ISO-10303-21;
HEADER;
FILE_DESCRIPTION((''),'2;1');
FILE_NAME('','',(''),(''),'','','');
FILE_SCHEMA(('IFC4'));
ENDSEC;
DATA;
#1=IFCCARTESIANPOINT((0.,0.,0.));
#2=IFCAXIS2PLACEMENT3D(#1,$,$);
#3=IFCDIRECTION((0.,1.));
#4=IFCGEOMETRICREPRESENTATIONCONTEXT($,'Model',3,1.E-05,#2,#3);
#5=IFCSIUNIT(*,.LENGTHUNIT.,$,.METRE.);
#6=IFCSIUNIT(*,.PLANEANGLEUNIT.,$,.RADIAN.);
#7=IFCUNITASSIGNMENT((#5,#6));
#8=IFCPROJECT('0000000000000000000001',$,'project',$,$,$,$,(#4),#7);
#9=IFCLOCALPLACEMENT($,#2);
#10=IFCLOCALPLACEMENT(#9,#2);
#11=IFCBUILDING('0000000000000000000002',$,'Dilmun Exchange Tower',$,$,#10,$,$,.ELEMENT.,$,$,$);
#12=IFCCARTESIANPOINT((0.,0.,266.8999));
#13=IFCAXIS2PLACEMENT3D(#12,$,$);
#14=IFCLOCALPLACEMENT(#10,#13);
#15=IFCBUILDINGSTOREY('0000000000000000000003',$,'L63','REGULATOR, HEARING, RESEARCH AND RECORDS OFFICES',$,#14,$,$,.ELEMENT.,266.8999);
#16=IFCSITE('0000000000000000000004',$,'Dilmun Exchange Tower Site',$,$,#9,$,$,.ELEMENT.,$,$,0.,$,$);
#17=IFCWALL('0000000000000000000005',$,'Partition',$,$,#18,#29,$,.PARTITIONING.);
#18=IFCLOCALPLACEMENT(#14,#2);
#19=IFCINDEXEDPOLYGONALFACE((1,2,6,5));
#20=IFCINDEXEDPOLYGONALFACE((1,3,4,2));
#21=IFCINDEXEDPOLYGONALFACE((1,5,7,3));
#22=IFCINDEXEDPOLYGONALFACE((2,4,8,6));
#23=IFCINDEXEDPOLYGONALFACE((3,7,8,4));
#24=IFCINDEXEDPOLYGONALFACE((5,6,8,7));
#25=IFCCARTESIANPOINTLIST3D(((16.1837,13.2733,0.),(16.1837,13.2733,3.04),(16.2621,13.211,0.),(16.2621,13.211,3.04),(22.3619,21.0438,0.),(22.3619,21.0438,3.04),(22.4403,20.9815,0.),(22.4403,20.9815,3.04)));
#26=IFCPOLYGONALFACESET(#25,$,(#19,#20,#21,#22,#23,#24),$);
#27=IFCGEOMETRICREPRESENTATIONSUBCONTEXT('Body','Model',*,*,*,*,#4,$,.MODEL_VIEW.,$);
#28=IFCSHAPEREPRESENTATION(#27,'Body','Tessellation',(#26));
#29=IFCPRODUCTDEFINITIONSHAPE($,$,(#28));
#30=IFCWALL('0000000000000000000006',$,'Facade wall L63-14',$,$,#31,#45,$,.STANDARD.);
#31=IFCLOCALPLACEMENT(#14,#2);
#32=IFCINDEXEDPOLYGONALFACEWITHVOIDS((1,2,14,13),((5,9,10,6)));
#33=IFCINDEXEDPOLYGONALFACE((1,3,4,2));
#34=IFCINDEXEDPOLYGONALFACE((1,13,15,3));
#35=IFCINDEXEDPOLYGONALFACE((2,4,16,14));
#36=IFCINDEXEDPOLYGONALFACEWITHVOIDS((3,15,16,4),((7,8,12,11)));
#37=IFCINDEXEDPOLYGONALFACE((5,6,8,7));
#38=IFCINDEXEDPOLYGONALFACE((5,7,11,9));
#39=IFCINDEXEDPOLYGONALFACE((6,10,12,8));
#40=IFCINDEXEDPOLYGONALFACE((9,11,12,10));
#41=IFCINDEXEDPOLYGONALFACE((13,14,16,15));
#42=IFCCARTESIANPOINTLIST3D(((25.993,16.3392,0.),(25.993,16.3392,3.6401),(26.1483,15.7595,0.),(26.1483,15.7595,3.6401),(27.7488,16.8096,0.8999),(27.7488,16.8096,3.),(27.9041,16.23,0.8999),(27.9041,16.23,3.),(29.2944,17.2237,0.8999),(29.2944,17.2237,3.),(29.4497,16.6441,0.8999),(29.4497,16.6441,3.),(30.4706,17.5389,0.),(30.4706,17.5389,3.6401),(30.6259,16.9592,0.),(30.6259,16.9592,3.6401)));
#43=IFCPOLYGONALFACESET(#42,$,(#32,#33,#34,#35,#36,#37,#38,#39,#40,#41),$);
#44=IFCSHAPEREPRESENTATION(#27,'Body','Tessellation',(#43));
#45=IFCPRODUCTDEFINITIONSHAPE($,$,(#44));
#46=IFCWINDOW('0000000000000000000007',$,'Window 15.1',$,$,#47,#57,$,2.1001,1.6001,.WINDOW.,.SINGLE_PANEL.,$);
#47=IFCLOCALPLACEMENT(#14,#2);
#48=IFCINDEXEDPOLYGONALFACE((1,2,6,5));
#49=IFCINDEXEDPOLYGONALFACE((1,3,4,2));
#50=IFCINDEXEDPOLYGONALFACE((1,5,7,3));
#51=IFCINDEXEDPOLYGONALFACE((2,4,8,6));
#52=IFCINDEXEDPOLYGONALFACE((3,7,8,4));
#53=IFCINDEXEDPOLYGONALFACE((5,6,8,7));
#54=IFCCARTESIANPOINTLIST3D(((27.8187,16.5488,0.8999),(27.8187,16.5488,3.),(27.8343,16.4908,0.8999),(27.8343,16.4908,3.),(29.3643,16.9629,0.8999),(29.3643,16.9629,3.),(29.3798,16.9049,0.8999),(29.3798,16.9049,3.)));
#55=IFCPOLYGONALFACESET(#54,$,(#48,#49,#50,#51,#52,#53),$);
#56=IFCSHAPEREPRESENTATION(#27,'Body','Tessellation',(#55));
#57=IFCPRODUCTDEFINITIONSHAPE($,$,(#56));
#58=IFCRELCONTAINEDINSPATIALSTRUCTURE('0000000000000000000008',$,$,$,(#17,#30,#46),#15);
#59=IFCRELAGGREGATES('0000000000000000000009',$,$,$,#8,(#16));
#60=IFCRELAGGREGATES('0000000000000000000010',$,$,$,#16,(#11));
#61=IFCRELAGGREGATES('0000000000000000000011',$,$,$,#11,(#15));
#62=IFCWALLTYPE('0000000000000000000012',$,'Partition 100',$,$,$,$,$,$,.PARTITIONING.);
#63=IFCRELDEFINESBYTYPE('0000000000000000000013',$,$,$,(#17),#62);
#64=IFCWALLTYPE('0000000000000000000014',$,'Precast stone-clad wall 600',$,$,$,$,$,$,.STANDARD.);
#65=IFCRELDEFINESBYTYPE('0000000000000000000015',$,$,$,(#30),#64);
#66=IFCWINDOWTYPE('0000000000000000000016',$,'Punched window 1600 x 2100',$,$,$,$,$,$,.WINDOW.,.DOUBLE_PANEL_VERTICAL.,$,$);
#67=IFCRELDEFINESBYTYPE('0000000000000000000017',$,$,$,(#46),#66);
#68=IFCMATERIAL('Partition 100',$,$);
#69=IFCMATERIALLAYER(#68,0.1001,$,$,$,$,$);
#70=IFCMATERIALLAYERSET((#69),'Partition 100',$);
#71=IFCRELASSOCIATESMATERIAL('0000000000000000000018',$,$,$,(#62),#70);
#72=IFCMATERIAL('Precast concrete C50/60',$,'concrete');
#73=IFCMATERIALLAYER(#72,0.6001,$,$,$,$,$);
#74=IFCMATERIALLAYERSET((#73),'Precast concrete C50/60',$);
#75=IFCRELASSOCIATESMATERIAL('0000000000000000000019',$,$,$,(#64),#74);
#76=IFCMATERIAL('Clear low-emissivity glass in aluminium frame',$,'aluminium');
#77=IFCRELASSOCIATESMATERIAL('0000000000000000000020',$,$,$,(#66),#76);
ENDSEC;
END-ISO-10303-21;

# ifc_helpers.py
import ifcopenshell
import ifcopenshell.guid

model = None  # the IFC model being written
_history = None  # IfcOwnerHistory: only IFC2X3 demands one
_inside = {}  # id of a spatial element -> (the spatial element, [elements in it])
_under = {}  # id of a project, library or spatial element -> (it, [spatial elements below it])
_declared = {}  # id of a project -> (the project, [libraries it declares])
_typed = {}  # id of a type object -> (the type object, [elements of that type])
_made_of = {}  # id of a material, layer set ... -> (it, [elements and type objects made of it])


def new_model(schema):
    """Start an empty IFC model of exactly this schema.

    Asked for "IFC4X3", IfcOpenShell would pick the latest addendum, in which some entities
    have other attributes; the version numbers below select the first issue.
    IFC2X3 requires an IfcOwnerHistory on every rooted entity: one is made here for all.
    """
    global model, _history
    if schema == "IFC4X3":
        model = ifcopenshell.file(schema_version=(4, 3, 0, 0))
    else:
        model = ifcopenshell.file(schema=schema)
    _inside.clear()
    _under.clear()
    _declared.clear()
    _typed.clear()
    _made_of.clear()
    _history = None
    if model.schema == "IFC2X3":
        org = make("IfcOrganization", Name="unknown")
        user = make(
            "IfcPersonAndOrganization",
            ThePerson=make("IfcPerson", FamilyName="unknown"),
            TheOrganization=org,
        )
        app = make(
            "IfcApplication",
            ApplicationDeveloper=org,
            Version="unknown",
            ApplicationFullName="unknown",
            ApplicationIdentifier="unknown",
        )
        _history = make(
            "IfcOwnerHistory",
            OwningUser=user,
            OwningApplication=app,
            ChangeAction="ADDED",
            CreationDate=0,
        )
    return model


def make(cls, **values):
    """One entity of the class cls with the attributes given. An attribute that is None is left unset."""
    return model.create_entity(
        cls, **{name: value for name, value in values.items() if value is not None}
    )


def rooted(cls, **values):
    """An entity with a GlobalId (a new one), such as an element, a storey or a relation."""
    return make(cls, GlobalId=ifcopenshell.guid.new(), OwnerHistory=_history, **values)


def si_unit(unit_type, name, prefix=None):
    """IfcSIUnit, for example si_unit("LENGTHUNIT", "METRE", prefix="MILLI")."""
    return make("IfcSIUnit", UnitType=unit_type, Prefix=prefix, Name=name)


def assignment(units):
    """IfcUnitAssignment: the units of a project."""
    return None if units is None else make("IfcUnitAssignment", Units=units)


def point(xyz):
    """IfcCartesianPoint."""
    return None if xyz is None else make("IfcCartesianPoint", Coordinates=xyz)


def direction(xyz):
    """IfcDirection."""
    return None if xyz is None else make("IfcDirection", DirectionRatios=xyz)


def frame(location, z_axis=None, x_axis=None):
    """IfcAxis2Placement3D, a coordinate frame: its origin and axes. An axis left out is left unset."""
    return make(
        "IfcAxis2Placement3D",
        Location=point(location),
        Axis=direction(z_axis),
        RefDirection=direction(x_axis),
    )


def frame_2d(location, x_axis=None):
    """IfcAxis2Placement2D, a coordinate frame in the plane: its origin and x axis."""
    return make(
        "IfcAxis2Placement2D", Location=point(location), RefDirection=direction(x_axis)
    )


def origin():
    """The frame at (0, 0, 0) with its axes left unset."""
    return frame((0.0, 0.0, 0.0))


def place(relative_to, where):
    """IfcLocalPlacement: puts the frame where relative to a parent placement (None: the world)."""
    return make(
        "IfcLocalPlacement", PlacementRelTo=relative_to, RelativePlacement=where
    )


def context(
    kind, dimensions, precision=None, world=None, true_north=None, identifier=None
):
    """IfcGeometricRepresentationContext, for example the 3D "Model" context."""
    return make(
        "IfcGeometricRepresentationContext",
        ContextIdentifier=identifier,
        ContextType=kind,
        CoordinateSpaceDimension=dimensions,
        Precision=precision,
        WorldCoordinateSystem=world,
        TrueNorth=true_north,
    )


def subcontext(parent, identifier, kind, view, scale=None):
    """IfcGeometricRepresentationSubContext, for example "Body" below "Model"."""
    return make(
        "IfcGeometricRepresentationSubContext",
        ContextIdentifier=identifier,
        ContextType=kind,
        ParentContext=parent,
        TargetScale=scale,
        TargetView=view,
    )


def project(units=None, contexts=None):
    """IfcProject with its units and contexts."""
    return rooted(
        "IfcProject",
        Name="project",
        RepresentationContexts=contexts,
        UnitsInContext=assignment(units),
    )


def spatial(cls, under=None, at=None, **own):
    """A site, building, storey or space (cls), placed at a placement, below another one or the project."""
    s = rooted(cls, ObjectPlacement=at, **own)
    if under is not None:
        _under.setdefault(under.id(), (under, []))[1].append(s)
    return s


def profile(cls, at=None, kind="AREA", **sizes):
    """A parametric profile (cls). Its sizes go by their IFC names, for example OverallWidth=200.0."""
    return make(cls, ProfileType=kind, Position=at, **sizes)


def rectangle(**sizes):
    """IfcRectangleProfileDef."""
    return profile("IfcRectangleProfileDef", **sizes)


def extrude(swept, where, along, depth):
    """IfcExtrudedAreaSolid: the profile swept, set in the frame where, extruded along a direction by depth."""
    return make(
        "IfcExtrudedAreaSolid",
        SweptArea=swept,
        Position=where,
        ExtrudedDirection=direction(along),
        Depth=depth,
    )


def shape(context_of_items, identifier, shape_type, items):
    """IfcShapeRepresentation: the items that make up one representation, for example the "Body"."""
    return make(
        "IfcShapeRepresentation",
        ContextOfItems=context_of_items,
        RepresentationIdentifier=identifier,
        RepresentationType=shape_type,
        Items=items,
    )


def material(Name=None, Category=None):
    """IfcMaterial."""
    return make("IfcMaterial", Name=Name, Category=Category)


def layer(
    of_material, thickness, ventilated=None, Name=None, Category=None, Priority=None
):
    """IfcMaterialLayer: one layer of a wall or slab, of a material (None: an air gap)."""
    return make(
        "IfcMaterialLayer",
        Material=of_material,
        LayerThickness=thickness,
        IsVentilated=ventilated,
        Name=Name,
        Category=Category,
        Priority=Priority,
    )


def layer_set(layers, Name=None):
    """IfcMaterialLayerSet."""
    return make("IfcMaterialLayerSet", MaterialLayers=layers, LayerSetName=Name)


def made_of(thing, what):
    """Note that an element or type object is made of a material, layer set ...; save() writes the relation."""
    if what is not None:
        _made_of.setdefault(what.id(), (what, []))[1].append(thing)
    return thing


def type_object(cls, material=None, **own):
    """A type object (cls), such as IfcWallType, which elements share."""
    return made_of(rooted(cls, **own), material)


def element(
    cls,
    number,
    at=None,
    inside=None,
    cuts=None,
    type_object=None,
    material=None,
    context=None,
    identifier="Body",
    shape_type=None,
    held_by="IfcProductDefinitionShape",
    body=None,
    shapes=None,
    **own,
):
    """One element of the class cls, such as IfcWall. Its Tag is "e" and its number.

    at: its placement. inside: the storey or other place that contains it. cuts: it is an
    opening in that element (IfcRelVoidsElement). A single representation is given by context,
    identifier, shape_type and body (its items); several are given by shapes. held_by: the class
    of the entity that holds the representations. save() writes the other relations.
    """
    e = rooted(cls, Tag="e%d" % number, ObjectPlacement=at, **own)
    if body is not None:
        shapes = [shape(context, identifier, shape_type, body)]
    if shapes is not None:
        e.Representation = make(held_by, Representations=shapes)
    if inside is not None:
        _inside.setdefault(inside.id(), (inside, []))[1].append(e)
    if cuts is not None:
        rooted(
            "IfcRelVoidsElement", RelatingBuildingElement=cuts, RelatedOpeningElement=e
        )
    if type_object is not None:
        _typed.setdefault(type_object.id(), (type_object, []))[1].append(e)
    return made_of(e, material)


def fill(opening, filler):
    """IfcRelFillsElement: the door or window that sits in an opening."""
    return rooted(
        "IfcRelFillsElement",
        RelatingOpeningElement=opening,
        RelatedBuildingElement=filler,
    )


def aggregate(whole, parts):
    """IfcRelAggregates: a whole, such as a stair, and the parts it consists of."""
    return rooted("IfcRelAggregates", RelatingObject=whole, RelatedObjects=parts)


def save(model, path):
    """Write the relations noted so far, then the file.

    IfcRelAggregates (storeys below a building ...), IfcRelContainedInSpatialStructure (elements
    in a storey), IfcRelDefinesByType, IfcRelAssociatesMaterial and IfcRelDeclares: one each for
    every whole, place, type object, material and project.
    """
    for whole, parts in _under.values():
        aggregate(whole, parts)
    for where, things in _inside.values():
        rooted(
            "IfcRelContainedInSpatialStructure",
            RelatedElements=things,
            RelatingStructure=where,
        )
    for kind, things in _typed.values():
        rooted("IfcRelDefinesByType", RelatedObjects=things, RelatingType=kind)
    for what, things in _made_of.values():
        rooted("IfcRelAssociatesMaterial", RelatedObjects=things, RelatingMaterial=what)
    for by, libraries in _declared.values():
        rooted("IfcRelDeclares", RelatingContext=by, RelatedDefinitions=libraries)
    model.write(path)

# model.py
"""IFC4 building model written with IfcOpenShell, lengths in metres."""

from ifc_helpers import new_model, si_unit, direction, frame, frame_2d, origin, place, context, subcontext, project, spatial, rectangle, extrude, material, layer, layer_set, type_object, element, fill, save


model = new_model("IFC4")

# Units and contexts
model_context = context("Model", 3, precision=1e-05, world=origin(), true_north=direction((0.0, 1.0)))
body_context = subcontext(model_context, "Body", "Model", "MODEL_VIEW")
ifc_project = project(units=[si_unit("LENGTHUNIT", "METRE"), si_unit("PLANEANGLEUNIT", "RADIAN")], contexts=[model_context])

# Site, building, storey
site_placement = place(None, origin())
site = spatial("IfcSite", under=ifc_project, at=site_placement, Name="Dilmun Exchange Tower Site", CompositionType="ELEMENT", RefElevation=0.0)
building_placement = place(site_placement, origin())
building = spatial("IfcBuilding", under=site, at=building_placement, Name="Dilmun Exchange Tower", CompositionType="ELEMENT")
storey_placement = place(building_placement, frame((0.0, 0.0, 266.8999)))
storey = spatial("IfcBuildingStorey", under=building, at=storey_placement, Name="L63", Description="REGULATOR, HEARING, RESEARCH AND RECORDS OFFICES", CompositionType="ELEMENT", Elevation=266.8999)

# Wall
ifc_material_1 = material(Name="Partition 100")
ifc_layer_1 = layer(ifc_material_1, 0.1001)
ifc_layer_set_1 = layer_set([ifc_layer_1], Name="Partition 100")
wall_type_1 = type_object("IfcWallType", Name="Partition 100", PredefinedType="PARTITIONING", material=ifc_layer_set_1)
wall_1_placement = place(storey_placement, frame((16.2229, 13.2422, 0.0), z_axis=(0.0, 0.0, 1.0), x_axis=(0.622347, 0.782742, 0.0)))
element("IfcWall", 1, at=wall_1_placement, inside=storey, type_object=wall_type_1, Name="Partition", PredefinedType="PARTITIONING", context=body_context, shape_type="SweptSolid", body=[
    extrude(rectangle(XDim=9.9272, YDim=0.1001, at=frame_2d((4.9636, 0.0))), origin(), (0.0, 0.0, 1.0), 3.04),
])

# Wall, opening, window
ifc_material_2 = material(Name="Precast concrete C50/60", Category="concrete")
ifc_layer_2 = layer(ifc_material_2, 0.6001)
ifc_layer_set_2 = layer_set([ifc_layer_2], Name="Precast concrete C50/60")
wall_type_2 = type_object("IfcWallType", Name="Precast stone-clad wall 600", PredefinedType="STANDARD", material=ifc_layer_set_2)
wall_2_placement = place(storey_placement, frame((26.0706, 16.0493, 0.0), z_axis=(0.0, 0.0, 1.0), x_axis=(0.965928, 0.25881, 0.0)))
wall_2 = element("IfcWall", 2, at=wall_2_placement, inside=storey, type_object=wall_type_2, Name="Facade wall L63-14", PredefinedType="STANDARD", context=body_context, shape_type="SweptSolid", body=[
    extrude(rectangle(XDim=4.6355, YDim=0.6001, at=frame_2d((2.3179, 0.0))), origin(), (0.0, 0.0, 1.0), 3.6401),
])
opening_1_placement = place(wall_2_placement, frame((1.8179, 0.0, 0.8999)))
opening_1 = element("IfcOpeningElement", 3, at=opening_1_placement, cuts=wall_2, PredefinedType="OPENING", context=body_context, shape_type="SweptSolid", body=[
    extrude(rectangle(XDim=1.6001, YDim=2.1001, at=frame_2d((0.8, 1.05))), frame((0.0, 0.3101, 0.0), z_axis=(0.0, -1.0, 0.0), x_axis=(1.0, 0.0, 0.0)), (0.0, 0.0, 1.0), 0.6201),
])
ifc_material_3 = material(Name="Clear low-emissivity glass in aluminium frame", Category="aluminium")
window_type_1 = type_object("IfcWindowType", Name="Punched window 1600 x 2100", PartitioningType="DOUBLE_PANEL_VERTICAL", PredefinedType="WINDOW", material=ifc_material_3)
window_1_placement = place(opening_1_placement, origin())
window_1 = element("IfcWindow", 4, at=window_1_placement, inside=storey, type_object=window_type_1, Name="Window 15.1", OverallHeight=2.1001, OverallWidth=1.6001, PartitioningType="SINGLE_PANEL", PredefinedType="WINDOW", context=body_context, shape_type="SweptSolid", body=[
    extrude(rectangle(XDim=1.6001, YDim=2.1001, at=frame_2d((0.8, 1.05))), frame((0.0, 0.03, 0.0), z_axis=(0.0, -1.0, 0.0), x_axis=(1.0, 0.0, 0.0)), (0.0, 0.0, 1.0), 0.0601),
])
fill(opening_1, window_1)

save(model, "model.ifc")
